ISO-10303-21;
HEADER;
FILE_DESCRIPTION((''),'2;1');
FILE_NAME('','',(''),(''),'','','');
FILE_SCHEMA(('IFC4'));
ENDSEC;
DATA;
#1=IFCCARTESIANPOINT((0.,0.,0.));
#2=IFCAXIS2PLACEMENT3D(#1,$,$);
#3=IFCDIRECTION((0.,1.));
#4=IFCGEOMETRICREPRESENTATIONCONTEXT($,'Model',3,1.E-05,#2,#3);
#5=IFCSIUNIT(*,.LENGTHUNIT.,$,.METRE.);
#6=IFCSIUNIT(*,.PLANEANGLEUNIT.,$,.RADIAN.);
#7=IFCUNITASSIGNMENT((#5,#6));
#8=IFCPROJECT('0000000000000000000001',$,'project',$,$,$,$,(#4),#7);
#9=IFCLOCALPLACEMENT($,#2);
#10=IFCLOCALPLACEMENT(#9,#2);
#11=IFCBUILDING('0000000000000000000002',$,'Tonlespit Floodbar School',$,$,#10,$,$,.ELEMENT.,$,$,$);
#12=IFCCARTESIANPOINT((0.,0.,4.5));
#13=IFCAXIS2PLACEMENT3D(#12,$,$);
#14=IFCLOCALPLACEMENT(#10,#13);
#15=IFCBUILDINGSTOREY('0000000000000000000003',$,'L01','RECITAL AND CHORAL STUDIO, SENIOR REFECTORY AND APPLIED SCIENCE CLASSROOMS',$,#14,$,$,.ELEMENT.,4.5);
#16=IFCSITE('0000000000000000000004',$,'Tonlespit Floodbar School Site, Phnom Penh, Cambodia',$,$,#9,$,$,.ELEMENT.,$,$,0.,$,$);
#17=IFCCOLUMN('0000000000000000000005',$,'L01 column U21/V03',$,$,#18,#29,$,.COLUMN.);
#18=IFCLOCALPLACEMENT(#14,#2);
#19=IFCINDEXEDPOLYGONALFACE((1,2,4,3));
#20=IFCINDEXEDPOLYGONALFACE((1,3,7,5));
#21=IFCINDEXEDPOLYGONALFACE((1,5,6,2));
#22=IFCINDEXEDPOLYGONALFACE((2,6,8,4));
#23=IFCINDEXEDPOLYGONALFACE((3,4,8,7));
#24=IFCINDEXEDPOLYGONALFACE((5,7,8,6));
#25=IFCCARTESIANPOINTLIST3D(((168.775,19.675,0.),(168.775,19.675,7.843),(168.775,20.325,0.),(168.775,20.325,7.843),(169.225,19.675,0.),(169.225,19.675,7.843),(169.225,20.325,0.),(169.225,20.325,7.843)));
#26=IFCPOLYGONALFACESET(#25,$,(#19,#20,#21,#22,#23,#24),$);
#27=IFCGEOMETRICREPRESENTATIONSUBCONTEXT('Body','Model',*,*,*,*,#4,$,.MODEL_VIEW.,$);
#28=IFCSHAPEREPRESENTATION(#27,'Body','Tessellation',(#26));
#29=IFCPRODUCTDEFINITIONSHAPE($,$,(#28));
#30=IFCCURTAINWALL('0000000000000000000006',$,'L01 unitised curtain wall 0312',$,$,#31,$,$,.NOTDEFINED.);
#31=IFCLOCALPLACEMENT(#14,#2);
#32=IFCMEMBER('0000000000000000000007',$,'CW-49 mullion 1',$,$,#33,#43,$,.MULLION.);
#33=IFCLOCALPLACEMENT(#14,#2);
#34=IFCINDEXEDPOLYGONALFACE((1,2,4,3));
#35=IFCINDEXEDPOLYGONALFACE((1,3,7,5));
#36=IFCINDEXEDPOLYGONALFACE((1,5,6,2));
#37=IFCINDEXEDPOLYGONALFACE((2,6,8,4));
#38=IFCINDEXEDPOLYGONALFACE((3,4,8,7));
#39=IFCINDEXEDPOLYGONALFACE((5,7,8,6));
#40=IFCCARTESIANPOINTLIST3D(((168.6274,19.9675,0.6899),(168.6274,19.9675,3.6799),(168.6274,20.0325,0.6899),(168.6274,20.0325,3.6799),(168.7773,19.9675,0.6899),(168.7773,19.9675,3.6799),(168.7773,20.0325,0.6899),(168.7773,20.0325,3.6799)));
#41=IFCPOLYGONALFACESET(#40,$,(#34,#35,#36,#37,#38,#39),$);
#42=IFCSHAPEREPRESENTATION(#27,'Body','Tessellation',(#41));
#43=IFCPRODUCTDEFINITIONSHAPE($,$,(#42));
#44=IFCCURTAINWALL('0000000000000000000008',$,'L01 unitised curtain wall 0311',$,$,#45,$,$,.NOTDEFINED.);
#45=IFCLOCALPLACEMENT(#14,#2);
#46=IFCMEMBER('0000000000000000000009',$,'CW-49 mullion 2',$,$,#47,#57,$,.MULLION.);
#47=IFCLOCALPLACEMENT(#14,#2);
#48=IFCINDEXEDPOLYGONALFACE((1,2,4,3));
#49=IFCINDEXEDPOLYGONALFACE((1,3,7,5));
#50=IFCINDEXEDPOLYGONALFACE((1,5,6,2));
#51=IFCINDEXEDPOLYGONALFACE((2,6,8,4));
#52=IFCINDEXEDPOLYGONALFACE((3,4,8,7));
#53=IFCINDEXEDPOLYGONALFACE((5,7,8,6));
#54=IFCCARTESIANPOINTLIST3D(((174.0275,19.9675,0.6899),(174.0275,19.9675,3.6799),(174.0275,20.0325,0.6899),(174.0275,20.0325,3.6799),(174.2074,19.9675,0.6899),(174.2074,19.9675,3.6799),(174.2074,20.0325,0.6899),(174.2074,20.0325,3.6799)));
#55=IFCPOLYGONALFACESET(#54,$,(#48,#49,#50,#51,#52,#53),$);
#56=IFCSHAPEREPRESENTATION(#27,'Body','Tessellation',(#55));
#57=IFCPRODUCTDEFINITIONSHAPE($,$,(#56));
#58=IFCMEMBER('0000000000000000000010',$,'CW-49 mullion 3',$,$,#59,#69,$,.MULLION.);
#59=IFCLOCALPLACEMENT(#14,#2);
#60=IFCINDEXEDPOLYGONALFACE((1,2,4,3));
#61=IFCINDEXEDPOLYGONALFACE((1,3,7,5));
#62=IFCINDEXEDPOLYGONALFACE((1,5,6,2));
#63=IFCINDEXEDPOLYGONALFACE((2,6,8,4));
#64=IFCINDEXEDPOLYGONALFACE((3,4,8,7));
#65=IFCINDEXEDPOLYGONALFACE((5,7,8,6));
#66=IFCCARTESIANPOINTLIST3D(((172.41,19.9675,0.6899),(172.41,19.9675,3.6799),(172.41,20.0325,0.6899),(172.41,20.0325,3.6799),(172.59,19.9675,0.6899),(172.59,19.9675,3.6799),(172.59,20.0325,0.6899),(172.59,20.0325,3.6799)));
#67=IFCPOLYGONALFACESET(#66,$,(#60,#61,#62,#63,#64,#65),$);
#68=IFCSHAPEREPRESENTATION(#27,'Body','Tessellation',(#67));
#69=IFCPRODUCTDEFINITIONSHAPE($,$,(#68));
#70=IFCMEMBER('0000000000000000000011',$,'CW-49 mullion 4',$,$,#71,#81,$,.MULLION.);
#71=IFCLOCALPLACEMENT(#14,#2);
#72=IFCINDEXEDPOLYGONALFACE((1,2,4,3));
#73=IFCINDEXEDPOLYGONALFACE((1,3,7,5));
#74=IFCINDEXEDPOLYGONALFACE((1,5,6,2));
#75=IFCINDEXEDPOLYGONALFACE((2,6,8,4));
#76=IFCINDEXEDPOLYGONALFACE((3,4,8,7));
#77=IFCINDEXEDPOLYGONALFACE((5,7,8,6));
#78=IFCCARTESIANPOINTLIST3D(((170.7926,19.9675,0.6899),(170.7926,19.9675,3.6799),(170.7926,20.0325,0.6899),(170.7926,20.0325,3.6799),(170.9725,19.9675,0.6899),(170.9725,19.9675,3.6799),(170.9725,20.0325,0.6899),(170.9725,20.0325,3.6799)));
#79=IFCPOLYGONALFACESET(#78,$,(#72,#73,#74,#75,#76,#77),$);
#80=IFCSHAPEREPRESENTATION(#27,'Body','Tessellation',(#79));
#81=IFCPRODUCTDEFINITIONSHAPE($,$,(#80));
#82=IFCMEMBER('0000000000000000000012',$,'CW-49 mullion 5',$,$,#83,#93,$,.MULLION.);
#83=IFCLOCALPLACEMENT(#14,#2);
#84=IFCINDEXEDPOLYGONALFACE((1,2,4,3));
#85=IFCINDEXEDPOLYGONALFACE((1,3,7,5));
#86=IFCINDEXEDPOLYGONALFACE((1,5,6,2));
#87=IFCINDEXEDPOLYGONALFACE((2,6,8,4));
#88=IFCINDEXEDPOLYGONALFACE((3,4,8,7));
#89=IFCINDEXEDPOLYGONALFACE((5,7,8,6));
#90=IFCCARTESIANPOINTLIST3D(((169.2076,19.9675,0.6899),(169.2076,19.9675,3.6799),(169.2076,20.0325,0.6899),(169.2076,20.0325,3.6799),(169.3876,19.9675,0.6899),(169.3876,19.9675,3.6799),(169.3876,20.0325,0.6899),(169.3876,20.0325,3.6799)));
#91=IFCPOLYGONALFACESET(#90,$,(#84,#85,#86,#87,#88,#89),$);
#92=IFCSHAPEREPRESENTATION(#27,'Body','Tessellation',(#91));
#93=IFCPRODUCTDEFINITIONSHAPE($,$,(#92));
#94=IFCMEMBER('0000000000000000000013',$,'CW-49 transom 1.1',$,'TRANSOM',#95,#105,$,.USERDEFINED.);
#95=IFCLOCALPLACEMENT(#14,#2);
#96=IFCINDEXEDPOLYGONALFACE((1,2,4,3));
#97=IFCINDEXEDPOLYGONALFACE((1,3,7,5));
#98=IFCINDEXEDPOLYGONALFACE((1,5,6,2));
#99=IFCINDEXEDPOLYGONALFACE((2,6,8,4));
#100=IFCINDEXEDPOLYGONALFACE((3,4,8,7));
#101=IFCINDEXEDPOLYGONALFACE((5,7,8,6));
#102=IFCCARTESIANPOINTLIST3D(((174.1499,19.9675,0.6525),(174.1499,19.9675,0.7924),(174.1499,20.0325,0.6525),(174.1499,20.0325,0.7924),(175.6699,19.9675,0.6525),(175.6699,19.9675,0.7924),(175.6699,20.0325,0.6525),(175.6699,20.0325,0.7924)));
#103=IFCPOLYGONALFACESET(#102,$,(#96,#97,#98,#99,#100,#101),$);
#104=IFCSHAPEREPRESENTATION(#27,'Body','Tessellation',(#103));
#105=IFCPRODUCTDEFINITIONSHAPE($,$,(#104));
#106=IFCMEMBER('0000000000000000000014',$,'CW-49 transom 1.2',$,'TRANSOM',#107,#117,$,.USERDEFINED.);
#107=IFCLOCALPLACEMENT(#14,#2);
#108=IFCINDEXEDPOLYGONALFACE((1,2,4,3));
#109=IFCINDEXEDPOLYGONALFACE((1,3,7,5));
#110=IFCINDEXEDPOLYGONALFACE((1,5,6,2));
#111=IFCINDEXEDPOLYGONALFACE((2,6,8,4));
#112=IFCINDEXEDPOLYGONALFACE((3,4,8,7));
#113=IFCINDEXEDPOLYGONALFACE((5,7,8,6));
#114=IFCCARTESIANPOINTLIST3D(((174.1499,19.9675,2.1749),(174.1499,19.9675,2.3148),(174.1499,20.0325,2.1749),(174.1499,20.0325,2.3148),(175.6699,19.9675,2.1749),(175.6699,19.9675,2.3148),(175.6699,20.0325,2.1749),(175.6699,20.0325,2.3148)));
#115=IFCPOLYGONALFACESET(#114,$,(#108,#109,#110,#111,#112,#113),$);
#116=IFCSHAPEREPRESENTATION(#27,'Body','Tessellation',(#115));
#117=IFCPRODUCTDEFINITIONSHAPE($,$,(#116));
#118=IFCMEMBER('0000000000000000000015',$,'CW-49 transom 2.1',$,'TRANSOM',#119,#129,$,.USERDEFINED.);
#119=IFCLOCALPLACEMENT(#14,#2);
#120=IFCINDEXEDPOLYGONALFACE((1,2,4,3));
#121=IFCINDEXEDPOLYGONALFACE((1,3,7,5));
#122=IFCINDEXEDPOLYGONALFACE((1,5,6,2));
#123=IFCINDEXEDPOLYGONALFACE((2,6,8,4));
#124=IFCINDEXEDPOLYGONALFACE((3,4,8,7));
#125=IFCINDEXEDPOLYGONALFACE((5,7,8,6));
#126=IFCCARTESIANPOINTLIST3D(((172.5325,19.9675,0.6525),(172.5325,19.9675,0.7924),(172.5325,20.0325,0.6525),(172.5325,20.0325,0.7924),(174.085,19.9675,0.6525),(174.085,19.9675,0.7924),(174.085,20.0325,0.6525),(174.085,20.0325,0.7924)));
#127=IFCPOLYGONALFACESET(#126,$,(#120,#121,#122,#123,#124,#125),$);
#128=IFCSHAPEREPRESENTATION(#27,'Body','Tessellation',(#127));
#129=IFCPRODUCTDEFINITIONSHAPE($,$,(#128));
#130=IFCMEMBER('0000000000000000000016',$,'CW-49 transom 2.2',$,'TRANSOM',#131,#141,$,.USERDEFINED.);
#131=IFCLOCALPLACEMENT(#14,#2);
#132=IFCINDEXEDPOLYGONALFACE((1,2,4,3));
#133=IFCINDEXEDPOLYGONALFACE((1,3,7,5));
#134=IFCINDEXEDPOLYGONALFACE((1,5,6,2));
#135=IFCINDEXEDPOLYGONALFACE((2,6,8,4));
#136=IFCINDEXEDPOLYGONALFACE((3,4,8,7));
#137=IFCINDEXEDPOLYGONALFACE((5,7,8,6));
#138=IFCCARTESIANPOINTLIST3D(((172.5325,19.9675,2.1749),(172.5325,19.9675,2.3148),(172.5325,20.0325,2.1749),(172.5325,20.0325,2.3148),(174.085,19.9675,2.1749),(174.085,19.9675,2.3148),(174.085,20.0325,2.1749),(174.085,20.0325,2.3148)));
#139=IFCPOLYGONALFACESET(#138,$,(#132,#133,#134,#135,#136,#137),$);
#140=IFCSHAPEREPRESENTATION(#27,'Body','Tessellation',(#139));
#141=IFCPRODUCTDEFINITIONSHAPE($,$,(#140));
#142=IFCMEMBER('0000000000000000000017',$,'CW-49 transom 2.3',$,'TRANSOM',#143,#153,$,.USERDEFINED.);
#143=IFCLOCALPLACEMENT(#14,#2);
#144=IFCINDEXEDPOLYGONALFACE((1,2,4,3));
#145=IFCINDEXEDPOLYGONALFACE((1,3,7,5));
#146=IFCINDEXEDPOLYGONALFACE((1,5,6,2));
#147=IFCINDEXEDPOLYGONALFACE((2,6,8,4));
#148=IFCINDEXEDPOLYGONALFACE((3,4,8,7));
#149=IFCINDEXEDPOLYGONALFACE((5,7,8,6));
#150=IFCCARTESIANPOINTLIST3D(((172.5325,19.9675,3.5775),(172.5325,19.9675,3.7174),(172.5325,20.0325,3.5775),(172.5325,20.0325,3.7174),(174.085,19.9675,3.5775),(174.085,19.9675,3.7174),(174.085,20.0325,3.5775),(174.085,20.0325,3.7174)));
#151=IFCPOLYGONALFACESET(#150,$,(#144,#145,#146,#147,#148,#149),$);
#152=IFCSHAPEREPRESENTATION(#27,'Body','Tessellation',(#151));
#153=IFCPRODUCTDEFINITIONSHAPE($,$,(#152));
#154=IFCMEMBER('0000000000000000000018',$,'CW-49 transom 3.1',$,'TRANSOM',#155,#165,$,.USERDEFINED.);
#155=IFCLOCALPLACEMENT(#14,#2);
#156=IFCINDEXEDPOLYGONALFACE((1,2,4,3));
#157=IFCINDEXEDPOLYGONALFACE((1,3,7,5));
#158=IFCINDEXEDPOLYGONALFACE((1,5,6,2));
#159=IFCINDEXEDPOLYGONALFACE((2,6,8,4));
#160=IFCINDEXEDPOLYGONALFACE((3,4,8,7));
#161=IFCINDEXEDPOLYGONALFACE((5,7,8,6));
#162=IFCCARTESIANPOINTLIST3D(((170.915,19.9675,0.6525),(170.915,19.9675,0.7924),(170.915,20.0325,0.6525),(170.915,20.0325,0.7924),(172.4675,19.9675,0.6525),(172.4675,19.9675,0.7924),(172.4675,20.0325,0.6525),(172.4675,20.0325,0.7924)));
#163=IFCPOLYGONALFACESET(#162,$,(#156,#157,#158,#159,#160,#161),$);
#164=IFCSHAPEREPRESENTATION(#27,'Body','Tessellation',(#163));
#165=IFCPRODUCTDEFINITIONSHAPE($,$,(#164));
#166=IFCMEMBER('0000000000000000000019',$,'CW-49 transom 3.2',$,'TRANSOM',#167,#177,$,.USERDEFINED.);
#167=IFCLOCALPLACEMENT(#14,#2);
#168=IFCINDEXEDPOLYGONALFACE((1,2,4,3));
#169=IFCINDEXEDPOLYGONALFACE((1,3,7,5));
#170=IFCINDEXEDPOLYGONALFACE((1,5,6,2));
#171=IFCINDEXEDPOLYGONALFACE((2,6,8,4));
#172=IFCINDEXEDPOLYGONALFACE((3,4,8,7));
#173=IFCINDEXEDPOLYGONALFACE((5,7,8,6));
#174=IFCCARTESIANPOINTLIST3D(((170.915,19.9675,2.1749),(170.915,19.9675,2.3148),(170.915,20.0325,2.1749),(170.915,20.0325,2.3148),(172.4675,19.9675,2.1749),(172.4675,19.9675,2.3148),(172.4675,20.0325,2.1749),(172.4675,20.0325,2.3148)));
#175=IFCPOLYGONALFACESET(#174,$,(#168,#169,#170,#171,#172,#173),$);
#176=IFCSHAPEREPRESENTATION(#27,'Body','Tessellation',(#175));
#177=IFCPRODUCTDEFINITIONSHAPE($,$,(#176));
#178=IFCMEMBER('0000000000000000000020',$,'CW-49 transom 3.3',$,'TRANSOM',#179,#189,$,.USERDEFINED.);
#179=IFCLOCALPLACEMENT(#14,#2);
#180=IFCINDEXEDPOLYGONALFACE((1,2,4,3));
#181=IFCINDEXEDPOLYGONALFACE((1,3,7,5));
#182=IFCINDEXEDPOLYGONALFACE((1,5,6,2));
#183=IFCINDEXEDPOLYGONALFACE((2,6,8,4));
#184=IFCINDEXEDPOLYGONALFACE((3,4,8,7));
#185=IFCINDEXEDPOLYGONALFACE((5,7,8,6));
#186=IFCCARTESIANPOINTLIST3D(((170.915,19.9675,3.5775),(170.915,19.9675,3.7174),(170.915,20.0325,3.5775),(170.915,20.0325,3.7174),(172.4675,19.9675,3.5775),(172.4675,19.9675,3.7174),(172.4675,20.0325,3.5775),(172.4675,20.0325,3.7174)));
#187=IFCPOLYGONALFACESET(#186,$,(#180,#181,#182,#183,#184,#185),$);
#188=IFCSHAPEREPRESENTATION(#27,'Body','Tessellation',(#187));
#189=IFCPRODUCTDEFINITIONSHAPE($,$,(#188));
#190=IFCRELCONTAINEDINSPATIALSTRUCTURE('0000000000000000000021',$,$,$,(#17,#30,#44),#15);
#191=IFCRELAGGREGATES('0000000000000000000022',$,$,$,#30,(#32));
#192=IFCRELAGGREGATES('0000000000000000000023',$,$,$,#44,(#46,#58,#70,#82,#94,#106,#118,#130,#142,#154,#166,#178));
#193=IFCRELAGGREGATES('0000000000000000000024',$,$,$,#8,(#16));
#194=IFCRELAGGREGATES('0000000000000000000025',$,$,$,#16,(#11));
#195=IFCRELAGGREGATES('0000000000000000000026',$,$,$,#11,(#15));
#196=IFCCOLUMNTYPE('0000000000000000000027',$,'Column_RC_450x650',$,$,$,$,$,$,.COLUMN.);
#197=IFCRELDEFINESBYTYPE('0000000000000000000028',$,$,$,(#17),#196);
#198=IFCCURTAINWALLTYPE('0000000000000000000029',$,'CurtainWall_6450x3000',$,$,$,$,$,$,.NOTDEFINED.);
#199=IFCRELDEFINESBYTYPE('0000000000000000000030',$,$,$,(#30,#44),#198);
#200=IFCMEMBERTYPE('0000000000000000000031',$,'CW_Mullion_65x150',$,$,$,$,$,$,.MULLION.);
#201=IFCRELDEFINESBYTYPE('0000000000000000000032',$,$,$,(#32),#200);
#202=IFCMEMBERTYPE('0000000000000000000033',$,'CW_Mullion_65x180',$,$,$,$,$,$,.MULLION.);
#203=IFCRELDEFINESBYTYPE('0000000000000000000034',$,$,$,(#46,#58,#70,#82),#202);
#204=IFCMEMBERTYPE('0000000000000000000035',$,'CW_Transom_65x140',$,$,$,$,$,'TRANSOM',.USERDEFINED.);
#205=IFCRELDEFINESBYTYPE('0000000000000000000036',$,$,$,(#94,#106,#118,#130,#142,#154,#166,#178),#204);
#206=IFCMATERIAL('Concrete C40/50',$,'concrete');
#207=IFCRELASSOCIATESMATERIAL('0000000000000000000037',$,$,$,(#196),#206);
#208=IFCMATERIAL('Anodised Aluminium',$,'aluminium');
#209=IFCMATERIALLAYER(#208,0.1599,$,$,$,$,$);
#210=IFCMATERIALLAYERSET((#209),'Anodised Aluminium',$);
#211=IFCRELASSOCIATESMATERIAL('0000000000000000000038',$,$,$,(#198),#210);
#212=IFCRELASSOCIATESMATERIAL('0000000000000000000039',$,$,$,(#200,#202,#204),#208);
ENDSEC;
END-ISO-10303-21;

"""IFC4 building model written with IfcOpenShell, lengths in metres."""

from ifc_helpers import new_model, si_unit, direction, frame, origin, origin_2d, place, context, subcontext, project, spatial, rectangle, extrude, material, layer, layer_set, material_profile, profile_set, type_object, element, aggregate, save


model = new_model("IFC4")

# Units and contexts
model_context = context("Model", 3, precision=1e-05, world=origin(), true_north=direction((0.0, 1.0)))
body_context = subcontext(model_context, "Body", "Model", "MODEL_VIEW")
ifc_project = project(units=[si_unit("LENGTHUNIT", "METRE"), si_unit("PLANEANGLEUNIT", "RADIAN")], contexts=[model_context])

# Site, building, storey
site_placement = place(None, origin())
site = spatial("IfcSite", under=ifc_project, at=site_placement, Name="Tonlespit Floodbar School Site, Phnom Penh, Cambodia", CompositionType="ELEMENT", RefElevation=0.0)
building_placement = place(site_placement, origin())
building = spatial("IfcBuilding", under=site, at=building_placement, Name="Tonlespit Floodbar School", CompositionType="ELEMENT")
storey_placement = place(building_placement, frame((0.0, 0.0, 4.5)))
storey = spatial("IfcBuildingStorey", under=building, at=storey_placement, Name="L01", Description="RECITAL AND CHORAL STUDIO, SENIOR REFECTORY AND APPLIED SCIENCE CLASSROOMS", CompositionType="ELEMENT", Elevation=4.5)

# Column
ifc_material_1 = material(Name="Concrete C40/50", Category="concrete")
ifc_material_profile_1 = material_profile(ifc_material_1, rectangle(XDim=0.45, YDim=0.6499, at=origin_2d()), Name="RC 450x650")
ifc_profile_set_1 = profile_set([ifc_material_profile_1], Name="Concrete C40/50")
column_type = type_object("IfcColumnType", Name="Column_RC_450x650", PredefinedType="COLUMN", material=ifc_profile_set_1)
column_placement = place(storey_placement, frame((169.0, 20.0, 0.0), z_axis=(0.0, 0.0, 1.0), x_axis=(1.0, 0.0, 0.0)))
element("IfcColumn", 1, at=column_placement, inside=storey, type_object=column_type, Name="L01 column U21/V03", PredefinedType="COLUMN", context=body_context, shape_type="SweptSolid", body=[
    extrude(rectangle(XDim=0.45, YDim=0.6499, at=origin_2d()), origin(), (0.0, 0.0, 1.0), 7.843),
])

# Curtain wall, member
ifc_material_2 = material(Name="Anodised Aluminium", Category="aluminium")
ifc_layer_1 = layer(ifc_material_2, 0.1599)
ifc_layer_set_1 = layer_set([ifc_layer_1], Name="Anodised Aluminium")
curtain_wall_type = type_object("IfcCurtainWallType", Name="CurtainWall_6450x3000", PredefinedType="NOTDEFINED", material=ifc_layer_set_1)
curtain_wall_1_placement = place(storey_placement, origin())
curtain_wall_1 = element("IfcCurtainWall", 2, at=curtain_wall_1_placement, inside=storey, type_object=curtain_wall_type, Name="L01 unitised curtain wall 0312", PredefinedType="NOTDEFINED")
ifc_material_profile_2 = material_profile(ifc_material_2, rectangle(XDim=0.0649, YDim=0.1499, at=origin_2d()), Name="ALU M65x150")
ifc_profile_set_2 = profile_set([ifc_material_profile_2], Name="Anodised Aluminium")
member_type_1 = type_object("IfcMemberType", Name="CW_Mullion_65x150", PredefinedType="MULLION", material=ifc_profile_set_2)
member_1_placement = place(storey_placement, frame((168.7024, 20.0, 0.6899), z_axis=(0.0, 0.0, 1.0), x_axis=(0.0, -1.0, 0.0)))
member_1 = element("IfcMember", 3, at=member_1_placement, type_object=member_type_1, Name="CW-49 mullion 1", PredefinedType="MULLION", context=body_context, shape_type="SweptSolid", body=[
    extrude(rectangle(XDim=0.0649, YDim=0.1499, at=origin_2d()), origin(), (0.0, 0.0, 1.0), 2.99),
])
aggregate(curtain_wall_1, [member_1])

# Curtain wall, members
curtain_wall_2_placement = place(storey_placement, origin())
curtain_wall_2 = element("IfcCurtainWall", 4, at=curtain_wall_2_placement, inside=storey, type_object=curtain_wall_type, Name="L01 unitised curtain wall 0311", PredefinedType="NOTDEFINED")
ifc_material_profile_3 = material_profile(ifc_material_2, rectangle(XDim=0.0649, YDim=0.1799, at=origin_2d()), Name="ALU M65x180")
ifc_profile_set_3 = profile_set([ifc_material_profile_3], Name="Anodised Aluminium")
member_type_2 = type_object("IfcMemberType", Name="CW_Mullion_65x180", PredefinedType="MULLION", material=ifc_profile_set_3)
member_2_placement = place(storey_placement, frame((174.1174, 20.0, 0.6899), z_axis=(0.0, 0.0, 1.0), x_axis=(0.0, -1.0, 0.0)))
member_2 = element("IfcMember", 5, at=member_2_placement, type_object=member_type_2, Name="CW-49 mullion 2", PredefinedType="MULLION", context=body_context, shape_type="SweptSolid", body=[
    extrude(rectangle(XDim=0.0649, YDim=0.1799, at=origin_2d()), origin(), (0.0, 0.0, 1.0), 2.99),
])
member_3_placement = place(storey_placement, frame((172.5, 20.0, 0.6899), z_axis=(0.0, 0.0, 1.0), x_axis=(0.0, -1.0, 0.0)))
member_3 = element("IfcMember", 6, at=member_3_placement, type_object=member_type_2, Name="CW-49 mullion 3", PredefinedType="MULLION", context=body_context, shape_type="SweptSolid", body=[
    extrude(rectangle(XDim=0.0649, YDim=0.1799, at=origin_2d()), origin(), (0.0, 0.0, 1.0), 2.99),
])
member_4_placement = place(storey_placement, frame((170.8826, 20.0, 0.6899), z_axis=(0.0, 0.0, 1.0), x_axis=(0.0, -1.0, 0.0)))
member_4 = element("IfcMember", 7, at=member_4_placement, type_object=member_type_2, Name="CW-49 mullion 4", PredefinedType="MULLION", context=body_context, shape_type="SweptSolid", body=[
    extrude(rectangle(XDim=0.0649, YDim=0.1799, at=origin_2d()), origin(), (0.0, 0.0, 1.0), 2.99),
])
member_5_placement = place(storey_placement, frame((169.2976, 20.0, 0.6899), z_axis=(0.0, 0.0, 1.0), x_axis=(0.0, -1.0, 0.0)))
member_5 = element("IfcMember", 8, at=member_5_placement, type_object=member_type_2, Name="CW-49 mullion 5", PredefinedType="MULLION", context=body_context, shape_type="SweptSolid", body=[
    extrude(rectangle(XDim=0.0649, YDim=0.1799, at=origin_2d()), origin(), (0.0, 0.0, 1.0), 2.99),
])
ifc_material_profile_4 = material_profile(ifc_material_2, rectangle(XDim=0.0649, YDim=0.1399, at=origin_2d()), Name="ALU T65x140")
ifc_profile_set_4 = profile_set([ifc_material_profile_4], Name="Anodised Aluminium")
member_type_3 = type_object("IfcMemberType", Name="CW_Transom_65x140", ElementType="TRANSOM", PredefinedType="USERDEFINED", material=ifc_profile_set_4)
member_6_placement = place(storey_placement, frame((175.6699, 20.0, 0.7224), z_axis=(-1.0, 0.0, 0.0), x_axis=(0.0, -1.0, 0.0)))
member_6 = element("IfcMember", 9, at=member_6_placement, type_object=member_type_3, Name="CW-49 transom 1.1", ObjectType="TRANSOM", PredefinedType="USERDEFINED", context=body_context, shape_type="SweptSolid", body=[
    extrude(rectangle(XDim=0.0649, YDim=0.1399, at=origin_2d()), origin(), (0.0, 0.0, 1.0), 1.52),
])
member_7_placement = place(storey_placement, frame((175.6699, 20.0, 2.2449), z_axis=(-1.0, 0.0, 0.0), x_axis=(0.0, -1.0, 0.0)))
member_7 = element("IfcMember", 10, at=member_7_placement, type_object=member_type_3, Name="CW-49 transom 1.2", ObjectType="TRANSOM", PredefinedType="USERDEFINED", context=body_context, shape_type="SweptSolid", body=[
    extrude(rectangle(XDim=0.0649, YDim=0.1399, at=origin_2d()), origin(), (0.0, 0.0, 1.0), 1.52),
])
member_8_placement = place(storey_placement, frame((174.085, 20.0, 0.7224), z_axis=(-1.0, 0.0, 0.0), x_axis=(0.0, -1.0, 0.0)))
member_8 = element("IfcMember", 11, at=member_8_placement, type_object=member_type_3, Name="CW-49 transom 2.1", ObjectType="TRANSOM", PredefinedType="USERDEFINED", context=body_context, shape_type="SweptSolid", body=[
    extrude(rectangle(XDim=0.0649, YDim=0.1399, at=origin_2d()), origin(), (0.0, 0.0, 1.0), 1.5525),
])
member_9_placement = place(storey_placement, frame((174.085, 20.0, 2.2449), z_axis=(-1.0, 0.0, 0.0), x_axis=(0.0, -1.0, 0.0)))
member_9 = element("IfcMember", 12, at=member_9_placement, type_object=member_type_3, Name="CW-49 transom 2.2", ObjectType="TRANSOM", PredefinedType="USERDEFINED", context=body_context, shape_type="SweptSolid", body=[
    extrude(rectangle(XDim=0.0649, YDim=0.1399, at=origin_2d()), origin(), (0.0, 0.0, 1.0), 1.5525),
])
member_10_placement = place(storey_placement, frame((174.085, 20.0, 3.6475), z_axis=(-1.0, 0.0, 0.0), x_axis=(0.0, -1.0, 0.0)))
member_10 = element("IfcMember", 13, at=member_10_placement, type_object=member_type_3, Name="CW-49 transom 2.3", ObjectType="TRANSOM", PredefinedType="USERDEFINED", context=body_context, shape_type="SweptSolid", body=[
    extrude(rectangle(XDim=0.0649, YDim=0.1399, at=origin_2d()), origin(), (0.0, 0.0, 1.0), 1.5525),
])
member_11_placement = place(storey_placement, frame((172.4675, 20.0, 0.7224), z_axis=(-1.0, 0.0, 0.0), x_axis=(0.0, -1.0, 0.0)))
member_11 = element("IfcMember", 14, at=member_11_placement, type_object=member_type_3, Name="CW-49 transom 3.1", ObjectType="TRANSOM", PredefinedType="USERDEFINED", context=body_context, shape_type="SweptSolid", body=[
    extrude(rectangle(XDim=0.0649, YDim=0.1399, at=origin_2d()), origin(), (0.0, 0.0, 1.0), 1.5525),
])
member_12_placement = place(storey_placement, frame((172.4675, 20.0, 2.2449), z_axis=(-1.0, 0.0, 0.0), x_axis=(0.0, -1.0, 0.0)))
member_12 = element("IfcMember", 15, at=member_12_placement, type_object=member_type_3, Name="CW-49 transom 3.2", ObjectType="TRANSOM", PredefinedType="USERDEFINED", context=body_context, shape_type="SweptSolid", body=[
    extrude(rectangle(XDim=0.0649, YDim=0.1399, at=origin_2d()), origin(), (0.0, 0.0, 1.0), 1.5525),
])
member_13_placement = place(storey_placement, frame((172.4675, 20.0, 3.6475), z_axis=(-1.0, 0.0, 0.0), x_axis=(0.0, -1.0, 0.0)))
member_13 = element("IfcMember", 16, at=member_13_placement, type_object=member_type_3, Name="CW-49 transom 3.3", ObjectType="TRANSOM", PredefinedType="USERDEFINED", context=body_context, shape_type="SweptSolid", body=[
    extrude(rectangle(XDim=0.0649, YDim=0.1399, at=origin_2d()), origin(), (0.0, 0.0, 1.0), 1.5525),
])

aggregate(curtain_wall_2, [member_2, member_3, member_4, member_5, member_6, member_7, member_8, member_9, member_10, member_11, member_12, member_13])

save(model, "model.ifc")
